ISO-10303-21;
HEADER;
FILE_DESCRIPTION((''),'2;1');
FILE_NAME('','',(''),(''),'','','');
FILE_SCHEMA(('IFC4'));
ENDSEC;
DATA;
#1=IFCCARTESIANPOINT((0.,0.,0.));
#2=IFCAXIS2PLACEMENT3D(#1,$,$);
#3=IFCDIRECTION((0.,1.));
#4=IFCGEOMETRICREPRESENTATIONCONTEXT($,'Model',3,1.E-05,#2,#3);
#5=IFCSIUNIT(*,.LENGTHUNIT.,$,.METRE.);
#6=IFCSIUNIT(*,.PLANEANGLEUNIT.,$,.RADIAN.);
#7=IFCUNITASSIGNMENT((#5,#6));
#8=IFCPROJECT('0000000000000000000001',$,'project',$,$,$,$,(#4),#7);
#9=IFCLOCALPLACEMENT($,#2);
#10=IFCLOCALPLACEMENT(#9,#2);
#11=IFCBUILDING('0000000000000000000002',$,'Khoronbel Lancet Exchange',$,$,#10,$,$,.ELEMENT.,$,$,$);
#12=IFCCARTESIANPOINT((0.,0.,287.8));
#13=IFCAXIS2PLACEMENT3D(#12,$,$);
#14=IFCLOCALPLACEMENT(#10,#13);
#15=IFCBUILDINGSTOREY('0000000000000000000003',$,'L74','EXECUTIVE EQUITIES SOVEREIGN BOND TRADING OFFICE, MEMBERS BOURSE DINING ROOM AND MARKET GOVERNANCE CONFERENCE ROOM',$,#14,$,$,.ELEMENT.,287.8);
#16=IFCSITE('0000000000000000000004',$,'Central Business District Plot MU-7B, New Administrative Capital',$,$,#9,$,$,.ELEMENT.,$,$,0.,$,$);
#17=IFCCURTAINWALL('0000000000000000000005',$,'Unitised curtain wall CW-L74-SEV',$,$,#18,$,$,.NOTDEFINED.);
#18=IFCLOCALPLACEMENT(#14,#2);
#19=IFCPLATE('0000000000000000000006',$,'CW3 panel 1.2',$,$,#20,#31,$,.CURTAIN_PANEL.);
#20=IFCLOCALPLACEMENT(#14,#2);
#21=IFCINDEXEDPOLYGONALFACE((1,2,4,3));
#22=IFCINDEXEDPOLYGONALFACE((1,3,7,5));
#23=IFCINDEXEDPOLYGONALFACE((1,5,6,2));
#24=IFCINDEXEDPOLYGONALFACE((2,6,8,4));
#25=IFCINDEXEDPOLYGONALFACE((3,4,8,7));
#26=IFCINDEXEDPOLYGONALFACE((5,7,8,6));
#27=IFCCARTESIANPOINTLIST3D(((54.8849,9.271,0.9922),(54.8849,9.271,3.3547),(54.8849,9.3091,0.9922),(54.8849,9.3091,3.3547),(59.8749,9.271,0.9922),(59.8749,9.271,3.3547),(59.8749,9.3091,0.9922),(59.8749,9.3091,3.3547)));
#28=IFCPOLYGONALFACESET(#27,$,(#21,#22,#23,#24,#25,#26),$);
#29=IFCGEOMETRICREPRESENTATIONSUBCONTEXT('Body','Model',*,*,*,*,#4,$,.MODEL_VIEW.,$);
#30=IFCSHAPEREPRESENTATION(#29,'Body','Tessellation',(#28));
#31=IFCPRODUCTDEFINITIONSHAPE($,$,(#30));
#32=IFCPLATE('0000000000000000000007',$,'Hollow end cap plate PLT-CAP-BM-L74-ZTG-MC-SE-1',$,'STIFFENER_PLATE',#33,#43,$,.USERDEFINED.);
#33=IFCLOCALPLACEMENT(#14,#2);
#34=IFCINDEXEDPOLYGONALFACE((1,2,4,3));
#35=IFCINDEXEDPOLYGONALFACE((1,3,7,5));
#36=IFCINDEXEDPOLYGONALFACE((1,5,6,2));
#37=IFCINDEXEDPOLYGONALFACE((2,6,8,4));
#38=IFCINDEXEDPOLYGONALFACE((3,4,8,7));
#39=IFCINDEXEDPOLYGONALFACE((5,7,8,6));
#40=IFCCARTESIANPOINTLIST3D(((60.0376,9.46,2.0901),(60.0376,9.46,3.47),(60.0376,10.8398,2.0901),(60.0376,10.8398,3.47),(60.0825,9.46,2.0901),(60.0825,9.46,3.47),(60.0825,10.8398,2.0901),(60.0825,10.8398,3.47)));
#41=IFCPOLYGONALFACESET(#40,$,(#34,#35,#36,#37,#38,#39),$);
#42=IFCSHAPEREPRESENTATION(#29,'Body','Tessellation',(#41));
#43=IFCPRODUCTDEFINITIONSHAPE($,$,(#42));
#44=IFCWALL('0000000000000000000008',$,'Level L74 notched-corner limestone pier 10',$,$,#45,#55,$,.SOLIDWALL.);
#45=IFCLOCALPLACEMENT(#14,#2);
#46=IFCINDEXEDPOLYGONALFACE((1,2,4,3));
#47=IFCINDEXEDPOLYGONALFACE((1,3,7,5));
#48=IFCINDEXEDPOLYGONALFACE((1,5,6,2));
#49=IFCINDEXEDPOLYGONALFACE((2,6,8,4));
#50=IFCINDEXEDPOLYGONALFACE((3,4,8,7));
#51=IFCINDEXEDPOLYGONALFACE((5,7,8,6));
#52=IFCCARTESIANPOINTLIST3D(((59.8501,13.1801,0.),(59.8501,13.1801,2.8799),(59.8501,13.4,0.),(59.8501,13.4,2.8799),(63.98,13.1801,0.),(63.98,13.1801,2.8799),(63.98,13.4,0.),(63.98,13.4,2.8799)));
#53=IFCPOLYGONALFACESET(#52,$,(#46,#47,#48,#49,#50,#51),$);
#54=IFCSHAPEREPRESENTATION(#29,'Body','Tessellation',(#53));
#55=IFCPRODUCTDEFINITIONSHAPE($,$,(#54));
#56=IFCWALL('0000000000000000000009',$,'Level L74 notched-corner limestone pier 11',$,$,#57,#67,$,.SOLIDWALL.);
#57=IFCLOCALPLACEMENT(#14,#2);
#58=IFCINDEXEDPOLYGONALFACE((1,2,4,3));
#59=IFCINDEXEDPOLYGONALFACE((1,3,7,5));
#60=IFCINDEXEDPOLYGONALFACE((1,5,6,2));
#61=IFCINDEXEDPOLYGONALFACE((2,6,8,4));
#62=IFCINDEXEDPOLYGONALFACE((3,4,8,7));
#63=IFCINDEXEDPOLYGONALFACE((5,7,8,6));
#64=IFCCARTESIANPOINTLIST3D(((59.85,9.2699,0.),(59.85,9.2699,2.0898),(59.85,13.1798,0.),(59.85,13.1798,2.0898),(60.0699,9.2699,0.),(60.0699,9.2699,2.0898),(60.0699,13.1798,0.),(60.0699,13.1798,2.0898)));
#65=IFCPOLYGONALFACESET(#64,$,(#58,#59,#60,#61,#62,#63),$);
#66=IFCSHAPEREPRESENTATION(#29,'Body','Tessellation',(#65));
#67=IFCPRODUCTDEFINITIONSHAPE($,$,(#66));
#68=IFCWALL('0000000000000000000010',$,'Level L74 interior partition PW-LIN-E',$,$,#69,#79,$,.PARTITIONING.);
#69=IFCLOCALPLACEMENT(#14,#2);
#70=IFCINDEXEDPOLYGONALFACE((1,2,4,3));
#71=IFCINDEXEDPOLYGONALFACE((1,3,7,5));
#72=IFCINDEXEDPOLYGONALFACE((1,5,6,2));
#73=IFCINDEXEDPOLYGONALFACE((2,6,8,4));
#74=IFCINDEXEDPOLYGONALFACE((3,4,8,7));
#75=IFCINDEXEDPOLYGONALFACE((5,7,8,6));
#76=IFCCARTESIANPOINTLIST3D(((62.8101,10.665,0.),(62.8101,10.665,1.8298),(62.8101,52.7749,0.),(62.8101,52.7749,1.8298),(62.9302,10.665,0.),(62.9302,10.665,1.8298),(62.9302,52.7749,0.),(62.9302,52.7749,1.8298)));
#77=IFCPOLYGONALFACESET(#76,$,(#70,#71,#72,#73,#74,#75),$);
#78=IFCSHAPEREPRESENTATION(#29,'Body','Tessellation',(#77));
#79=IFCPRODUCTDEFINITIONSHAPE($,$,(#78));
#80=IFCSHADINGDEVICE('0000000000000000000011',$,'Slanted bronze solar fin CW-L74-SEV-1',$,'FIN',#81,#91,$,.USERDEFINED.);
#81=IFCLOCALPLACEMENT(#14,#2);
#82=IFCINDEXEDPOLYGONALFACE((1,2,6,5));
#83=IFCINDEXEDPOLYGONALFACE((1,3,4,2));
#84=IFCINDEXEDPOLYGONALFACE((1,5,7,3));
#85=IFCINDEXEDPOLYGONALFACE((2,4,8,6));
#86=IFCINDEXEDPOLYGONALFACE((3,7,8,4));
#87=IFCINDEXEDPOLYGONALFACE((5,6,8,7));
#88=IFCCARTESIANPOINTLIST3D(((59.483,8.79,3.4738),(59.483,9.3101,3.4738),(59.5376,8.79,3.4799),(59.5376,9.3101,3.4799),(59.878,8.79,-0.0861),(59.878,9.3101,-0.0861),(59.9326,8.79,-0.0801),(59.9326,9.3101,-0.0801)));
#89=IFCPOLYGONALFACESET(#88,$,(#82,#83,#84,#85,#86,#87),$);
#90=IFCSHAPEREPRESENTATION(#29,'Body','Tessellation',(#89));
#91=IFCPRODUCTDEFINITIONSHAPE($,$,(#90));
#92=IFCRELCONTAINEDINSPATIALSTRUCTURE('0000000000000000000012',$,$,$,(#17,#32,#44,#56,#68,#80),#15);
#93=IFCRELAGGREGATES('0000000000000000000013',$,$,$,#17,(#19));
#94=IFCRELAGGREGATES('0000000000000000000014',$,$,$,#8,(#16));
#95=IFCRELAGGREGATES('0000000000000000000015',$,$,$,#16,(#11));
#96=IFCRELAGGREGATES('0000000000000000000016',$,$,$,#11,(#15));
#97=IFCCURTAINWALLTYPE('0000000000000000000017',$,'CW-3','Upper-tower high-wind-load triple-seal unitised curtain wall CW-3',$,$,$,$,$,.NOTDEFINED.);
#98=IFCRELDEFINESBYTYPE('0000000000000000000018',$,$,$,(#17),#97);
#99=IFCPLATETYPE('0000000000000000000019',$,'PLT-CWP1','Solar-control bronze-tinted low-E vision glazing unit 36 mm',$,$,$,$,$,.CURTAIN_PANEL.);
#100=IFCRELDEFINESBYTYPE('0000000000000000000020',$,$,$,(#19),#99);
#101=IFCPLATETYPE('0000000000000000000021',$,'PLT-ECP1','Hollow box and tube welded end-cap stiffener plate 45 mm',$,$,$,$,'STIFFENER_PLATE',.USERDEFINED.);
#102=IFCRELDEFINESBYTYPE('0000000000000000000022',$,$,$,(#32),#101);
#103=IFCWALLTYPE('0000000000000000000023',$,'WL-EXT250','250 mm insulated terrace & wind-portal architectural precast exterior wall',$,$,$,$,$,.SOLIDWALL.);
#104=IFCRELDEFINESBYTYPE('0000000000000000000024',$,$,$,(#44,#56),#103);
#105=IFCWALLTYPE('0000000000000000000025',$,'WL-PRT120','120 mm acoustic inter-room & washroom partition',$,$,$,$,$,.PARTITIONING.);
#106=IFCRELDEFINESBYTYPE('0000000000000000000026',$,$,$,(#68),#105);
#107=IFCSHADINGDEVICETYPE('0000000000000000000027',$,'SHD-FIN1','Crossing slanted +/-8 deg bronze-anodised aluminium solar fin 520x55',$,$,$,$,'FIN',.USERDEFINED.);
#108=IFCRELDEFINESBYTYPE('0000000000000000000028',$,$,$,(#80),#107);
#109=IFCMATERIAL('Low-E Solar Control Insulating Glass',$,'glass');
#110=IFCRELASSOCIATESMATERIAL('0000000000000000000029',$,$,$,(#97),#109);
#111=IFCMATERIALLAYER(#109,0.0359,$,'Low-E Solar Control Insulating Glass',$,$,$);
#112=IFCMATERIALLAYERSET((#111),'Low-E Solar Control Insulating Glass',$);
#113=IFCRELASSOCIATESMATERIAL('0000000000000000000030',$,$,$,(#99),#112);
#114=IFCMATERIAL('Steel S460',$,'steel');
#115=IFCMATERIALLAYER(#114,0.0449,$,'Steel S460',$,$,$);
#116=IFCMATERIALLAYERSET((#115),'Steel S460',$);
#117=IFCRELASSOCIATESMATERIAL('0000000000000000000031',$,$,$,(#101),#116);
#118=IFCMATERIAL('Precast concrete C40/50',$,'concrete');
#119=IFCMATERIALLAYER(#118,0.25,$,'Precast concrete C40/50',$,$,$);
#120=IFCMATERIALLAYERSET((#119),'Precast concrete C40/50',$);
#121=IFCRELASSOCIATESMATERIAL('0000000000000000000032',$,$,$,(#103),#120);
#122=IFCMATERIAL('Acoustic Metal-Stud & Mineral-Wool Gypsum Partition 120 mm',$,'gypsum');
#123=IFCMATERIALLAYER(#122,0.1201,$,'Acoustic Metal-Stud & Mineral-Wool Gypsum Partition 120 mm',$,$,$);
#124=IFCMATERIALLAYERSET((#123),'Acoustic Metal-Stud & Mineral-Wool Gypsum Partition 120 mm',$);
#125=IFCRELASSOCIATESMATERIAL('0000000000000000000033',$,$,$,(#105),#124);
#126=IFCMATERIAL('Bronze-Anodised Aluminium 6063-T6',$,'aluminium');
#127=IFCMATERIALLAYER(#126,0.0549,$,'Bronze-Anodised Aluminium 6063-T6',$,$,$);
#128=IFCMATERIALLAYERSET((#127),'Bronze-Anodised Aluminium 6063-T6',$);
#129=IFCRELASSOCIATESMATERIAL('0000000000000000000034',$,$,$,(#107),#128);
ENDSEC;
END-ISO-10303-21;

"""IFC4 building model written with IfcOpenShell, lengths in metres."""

from ifc_helpers import new_model, si_unit, direction, frame, frame_2d, origin, origin_2d, place, context, subcontext, project, spatial, polyline, rectangle, outline, extrude, material, layer, layer_set, type_object, element, aggregate, save


model = new_model("IFC4")

# Units and contexts
model_context = context("Model", 3, precision=1e-05, world=origin(), true_north=direction((0.0, 1.0)))
body_context = subcontext(model_context, "Body", "Model", "MODEL_VIEW")
ifc_project = project(units=[si_unit("LENGTHUNIT", "METRE"), si_unit("PLANEANGLEUNIT", "RADIAN")], contexts=[model_context])

# Site, building, storey
site_placement = place(None, origin())
site = spatial("IfcSite", under=ifc_project, at=site_placement, Name="Central Business District Plot MU-7B, New Administrative Capital", CompositionType="ELEMENT", RefElevation=0.0)
building_placement = place(site_placement, origin())
building = spatial("IfcBuilding", under=site, at=building_placement, Name="Khoronbel Lancet Exchange", CompositionType="ELEMENT")
storey_placement = place(building_placement, frame((0.0, 0.0, 287.8)))
storey = spatial("IfcBuildingStorey", under=building, at=storey_placement, Name="L74", Description="EXECUTIVE EQUITIES SOVEREIGN BOND TRADING OFFICE, MEMBERS BOURSE DINING ROOM AND MARKET GOVERNANCE CONFERENCE ROOM", CompositionType="ELEMENT", Elevation=287.8)

# Shared definitions
ifc_material_1 = material(Name="Steel S460", Category="steel")

# Shared definitions
ifc_material_2 = material(Name="Low-E Solar Control Insulating Glass", Category="glass")
curtain_wall_type_1 = type_object("IfcCurtainWallType", Name="CW-3", Description="Upper-tower high-wind-load triple-seal unitised curtain wall CW-3", PredefinedType="NOTDEFINED", material=ifc_material_2)
ifc_material_3 = material(Name="Bronze-Anodised Aluminium 6063-T6", Category="aluminium")

# Curtain wall
curtain_wall_1_placement = place(storey_placement, origin())
curtain_wall_1 = element("IfcCurtainWall", 1, at=curtain_wall_1_placement, inside=storey, type_object=curtain_wall_type_1, Name="Unitised curtain wall CW-L74-SEV", PredefinedType="NOTDEFINED")

# Plates
ifc_layer_1 = layer(ifc_material_2, 0.0359, Name="Low-E Solar Control Insulating Glass")
ifc_layer_set_1 = layer_set([ifc_layer_1], Name="Low-E Solar Control Insulating Glass")
plate_type_1 = type_object("IfcPlateType", Name="PLT-CWP1", Description="Solar-control bronze-tinted low-E vision glazing unit 36 mm", PredefinedType="CURTAIN_PANEL", material=ifc_layer_set_1)
plate_1_placement = place(storey_placement, frame((57.3799, 9.29, 0.9922), z_axis=(0.0, 0.0, 1.0), x_axis=(1.0, 0.0, 0.0)))
plate_1 = element("IfcPlate", 2, at=plate_1_placement, type_object=plate_type_1, Name="CW3 panel 1.2", PredefinedType="CURTAIN_PANEL", context=body_context, shape_type="SweptSolid", body=[
    extrude(rectangle(XDim=4.99, YDim=0.0381, at=origin_2d()), origin(), (0.0, 0.0, 1.0), 2.3625),
])
aggregate(curtain_wall_1, [plate_1])
ifc_layer_2 = layer(ifc_material_1, 0.0449, Name="Steel S460")
ifc_layer_set_2 = layer_set([ifc_layer_2], Name="Steel S460")
plate_type_2 = type_object("IfcPlateType", Name="PLT-ECP1", Description="Hollow box and tube welded end-cap stiffener plate 45 mm", ElementType="STIFFENER_PLATE", PredefinedType="USERDEFINED", material=ifc_layer_set_2)
plate_2_placement = place(storey_placement, frame((60.0601, 10.1499, 2.0901), z_axis=(0.0, 0.0, 1.0), x_axis=(1.0, 0.0, 0.0)))
element("IfcPlate", 3, at=plate_2_placement, inside=storey, type_object=plate_type_2, Name="Hollow end cap plate PLT-CAP-BM-L74-ZTG-MC-SE-1", ObjectType="STIFFENER_PLATE", PredefinedType="USERDEFINED", context=body_context, shape_type="SweptSolid", body=[
    extrude(rectangle(XDim=0.0449, YDim=1.3799, at=origin_2d()), origin(), (0.0, 0.0, 1.0), 1.3799),
])

# Walls
ifc_material_4 = material(Name="Precast concrete C40/50", Category="concrete")
ifc_layer_3 = layer(ifc_material_4, 0.25, Name="Precast concrete C40/50")
ifc_layer_set_3 = layer_set([ifc_layer_3], Name="Precast concrete C40/50")
wall_type_1 = type_object("IfcWallType", Name="WL-EXT250", Description="250 mm insulated terrace & wind-portal architectural precast exterior wall", PredefinedType="SOLIDWALL", material=ifc_layer_set_3)
wall_1_placement = place(storey_placement, frame((63.98, 13.29, 0.0), z_axis=(0.0, 0.0, 1.0), x_axis=(-1.0, 0.0, 0.0)))
element("IfcWall", 4, at=wall_1_placement, inside=storey, type_object=wall_type_1, Name="Level L74 notched-corner limestone pier 10", PredefinedType="SOLIDWALL", context=body_context, shape_type="SweptSolid", body=[
    extrude(rectangle(XDim=4.1299, YDim=0.22, at=frame_2d((2.0649, 0.0))), origin(), (0.0, 0.0, 1.0), 2.8799),
])
wall_2_placement = place(storey_placement, frame((59.96, 13.1799, 0.0), z_axis=(0.0, 0.0, 1.0), x_axis=(0.0, -1.0, 0.0)))
element("IfcWall", 5, at=wall_2_placement, inside=storey, type_object=wall_type_1, Name="Level L74 notched-corner limestone pier 11", PredefinedType="SOLIDWALL", context=body_context, shape_type="SweptSolid", body=[
    extrude(rectangle(XDim=3.9099, YDim=0.22, at=frame_2d((1.9551, 0.0))), origin(), (0.0, 0.0, 1.0), 2.0898),
])
ifc_material_5 = material(Name="Acoustic Metal-Stud & Mineral-Wool Gypsum Partition 120 mm", Category="gypsum")
ifc_layer_4 = layer(ifc_material_5, 0.1201, Name="Acoustic Metal-Stud & Mineral-Wool Gypsum Partition 120 mm")
ifc_layer_set_4 = layer_set([ifc_layer_4], Name="Acoustic Metal-Stud & Mineral-Wool Gypsum Partition 120 mm")
wall_type_2 = type_object("IfcWallType", Name="WL-PRT120", Description="120 mm acoustic inter-room & washroom partition", PredefinedType="PARTITIONING", material=ifc_layer_set_4)
wall_3_placement = place(storey_placement, frame((62.8701, 10.665, 0.0), z_axis=(0.0, 0.0, 1.0), x_axis=(0.0, 1.0, 0.0)))
element("IfcWall", 6, at=wall_3_placement, inside=storey, type_object=wall_type_2, Name="Level L74 interior partition PW-LIN-E", PredefinedType="PARTITIONING", context=body_context, shape_type="SweptSolid", body=[
    extrude(rectangle(XDim=42.1099, YDim=0.1201, at=frame_2d((21.0549, 0.0))), origin(), (0.0, 0.0, 1.0), 1.8298),
])

# Shading device
ifc_layer_5 = layer(ifc_material_3, 0.0549, Name="Bronze-Anodised Aluminium 6063-T6")
ifc_layer_set_5 = layer_set([ifc_layer_5], Name="Bronze-Anodised Aluminium 6063-T6")
shading_device_type = type_object("IfcShadingDeviceType", Name="SHD-FIN1", Description="Crossing slanted +/-8 deg bronze-anodised aluminium solar fin 520x55", ElementType="FIN", PredefinedType="USERDEFINED", material=ifc_layer_set_5)
shading_device_placement = place(storey_placement, frame((59.9326, 9.3101, -0.0801), z_axis=(0.9939, 0.0, 0.110282), x_axis=(0.0, -1.0, 0.0)))
element("IfcShadingDevice", 7, at=shading_device_placement, inside=storey, type_object=shading_device_type, Name="Slanted bronze solar fin CW-L74-SEV-1", ObjectType="FIN", PredefinedType="USERDEFINED", context=body_context, shape_type="SweptSolid", body=[
    extrude(outline(polyline([(0.0, 0.0), (0.52, 0.0), (0.52, -3.5818), (0.0, -3.5818), (0.0, 0.0)])), origin(), (0.0, 0.0, -1.0), 0.0549),
])

save(model, "model.ifc")
